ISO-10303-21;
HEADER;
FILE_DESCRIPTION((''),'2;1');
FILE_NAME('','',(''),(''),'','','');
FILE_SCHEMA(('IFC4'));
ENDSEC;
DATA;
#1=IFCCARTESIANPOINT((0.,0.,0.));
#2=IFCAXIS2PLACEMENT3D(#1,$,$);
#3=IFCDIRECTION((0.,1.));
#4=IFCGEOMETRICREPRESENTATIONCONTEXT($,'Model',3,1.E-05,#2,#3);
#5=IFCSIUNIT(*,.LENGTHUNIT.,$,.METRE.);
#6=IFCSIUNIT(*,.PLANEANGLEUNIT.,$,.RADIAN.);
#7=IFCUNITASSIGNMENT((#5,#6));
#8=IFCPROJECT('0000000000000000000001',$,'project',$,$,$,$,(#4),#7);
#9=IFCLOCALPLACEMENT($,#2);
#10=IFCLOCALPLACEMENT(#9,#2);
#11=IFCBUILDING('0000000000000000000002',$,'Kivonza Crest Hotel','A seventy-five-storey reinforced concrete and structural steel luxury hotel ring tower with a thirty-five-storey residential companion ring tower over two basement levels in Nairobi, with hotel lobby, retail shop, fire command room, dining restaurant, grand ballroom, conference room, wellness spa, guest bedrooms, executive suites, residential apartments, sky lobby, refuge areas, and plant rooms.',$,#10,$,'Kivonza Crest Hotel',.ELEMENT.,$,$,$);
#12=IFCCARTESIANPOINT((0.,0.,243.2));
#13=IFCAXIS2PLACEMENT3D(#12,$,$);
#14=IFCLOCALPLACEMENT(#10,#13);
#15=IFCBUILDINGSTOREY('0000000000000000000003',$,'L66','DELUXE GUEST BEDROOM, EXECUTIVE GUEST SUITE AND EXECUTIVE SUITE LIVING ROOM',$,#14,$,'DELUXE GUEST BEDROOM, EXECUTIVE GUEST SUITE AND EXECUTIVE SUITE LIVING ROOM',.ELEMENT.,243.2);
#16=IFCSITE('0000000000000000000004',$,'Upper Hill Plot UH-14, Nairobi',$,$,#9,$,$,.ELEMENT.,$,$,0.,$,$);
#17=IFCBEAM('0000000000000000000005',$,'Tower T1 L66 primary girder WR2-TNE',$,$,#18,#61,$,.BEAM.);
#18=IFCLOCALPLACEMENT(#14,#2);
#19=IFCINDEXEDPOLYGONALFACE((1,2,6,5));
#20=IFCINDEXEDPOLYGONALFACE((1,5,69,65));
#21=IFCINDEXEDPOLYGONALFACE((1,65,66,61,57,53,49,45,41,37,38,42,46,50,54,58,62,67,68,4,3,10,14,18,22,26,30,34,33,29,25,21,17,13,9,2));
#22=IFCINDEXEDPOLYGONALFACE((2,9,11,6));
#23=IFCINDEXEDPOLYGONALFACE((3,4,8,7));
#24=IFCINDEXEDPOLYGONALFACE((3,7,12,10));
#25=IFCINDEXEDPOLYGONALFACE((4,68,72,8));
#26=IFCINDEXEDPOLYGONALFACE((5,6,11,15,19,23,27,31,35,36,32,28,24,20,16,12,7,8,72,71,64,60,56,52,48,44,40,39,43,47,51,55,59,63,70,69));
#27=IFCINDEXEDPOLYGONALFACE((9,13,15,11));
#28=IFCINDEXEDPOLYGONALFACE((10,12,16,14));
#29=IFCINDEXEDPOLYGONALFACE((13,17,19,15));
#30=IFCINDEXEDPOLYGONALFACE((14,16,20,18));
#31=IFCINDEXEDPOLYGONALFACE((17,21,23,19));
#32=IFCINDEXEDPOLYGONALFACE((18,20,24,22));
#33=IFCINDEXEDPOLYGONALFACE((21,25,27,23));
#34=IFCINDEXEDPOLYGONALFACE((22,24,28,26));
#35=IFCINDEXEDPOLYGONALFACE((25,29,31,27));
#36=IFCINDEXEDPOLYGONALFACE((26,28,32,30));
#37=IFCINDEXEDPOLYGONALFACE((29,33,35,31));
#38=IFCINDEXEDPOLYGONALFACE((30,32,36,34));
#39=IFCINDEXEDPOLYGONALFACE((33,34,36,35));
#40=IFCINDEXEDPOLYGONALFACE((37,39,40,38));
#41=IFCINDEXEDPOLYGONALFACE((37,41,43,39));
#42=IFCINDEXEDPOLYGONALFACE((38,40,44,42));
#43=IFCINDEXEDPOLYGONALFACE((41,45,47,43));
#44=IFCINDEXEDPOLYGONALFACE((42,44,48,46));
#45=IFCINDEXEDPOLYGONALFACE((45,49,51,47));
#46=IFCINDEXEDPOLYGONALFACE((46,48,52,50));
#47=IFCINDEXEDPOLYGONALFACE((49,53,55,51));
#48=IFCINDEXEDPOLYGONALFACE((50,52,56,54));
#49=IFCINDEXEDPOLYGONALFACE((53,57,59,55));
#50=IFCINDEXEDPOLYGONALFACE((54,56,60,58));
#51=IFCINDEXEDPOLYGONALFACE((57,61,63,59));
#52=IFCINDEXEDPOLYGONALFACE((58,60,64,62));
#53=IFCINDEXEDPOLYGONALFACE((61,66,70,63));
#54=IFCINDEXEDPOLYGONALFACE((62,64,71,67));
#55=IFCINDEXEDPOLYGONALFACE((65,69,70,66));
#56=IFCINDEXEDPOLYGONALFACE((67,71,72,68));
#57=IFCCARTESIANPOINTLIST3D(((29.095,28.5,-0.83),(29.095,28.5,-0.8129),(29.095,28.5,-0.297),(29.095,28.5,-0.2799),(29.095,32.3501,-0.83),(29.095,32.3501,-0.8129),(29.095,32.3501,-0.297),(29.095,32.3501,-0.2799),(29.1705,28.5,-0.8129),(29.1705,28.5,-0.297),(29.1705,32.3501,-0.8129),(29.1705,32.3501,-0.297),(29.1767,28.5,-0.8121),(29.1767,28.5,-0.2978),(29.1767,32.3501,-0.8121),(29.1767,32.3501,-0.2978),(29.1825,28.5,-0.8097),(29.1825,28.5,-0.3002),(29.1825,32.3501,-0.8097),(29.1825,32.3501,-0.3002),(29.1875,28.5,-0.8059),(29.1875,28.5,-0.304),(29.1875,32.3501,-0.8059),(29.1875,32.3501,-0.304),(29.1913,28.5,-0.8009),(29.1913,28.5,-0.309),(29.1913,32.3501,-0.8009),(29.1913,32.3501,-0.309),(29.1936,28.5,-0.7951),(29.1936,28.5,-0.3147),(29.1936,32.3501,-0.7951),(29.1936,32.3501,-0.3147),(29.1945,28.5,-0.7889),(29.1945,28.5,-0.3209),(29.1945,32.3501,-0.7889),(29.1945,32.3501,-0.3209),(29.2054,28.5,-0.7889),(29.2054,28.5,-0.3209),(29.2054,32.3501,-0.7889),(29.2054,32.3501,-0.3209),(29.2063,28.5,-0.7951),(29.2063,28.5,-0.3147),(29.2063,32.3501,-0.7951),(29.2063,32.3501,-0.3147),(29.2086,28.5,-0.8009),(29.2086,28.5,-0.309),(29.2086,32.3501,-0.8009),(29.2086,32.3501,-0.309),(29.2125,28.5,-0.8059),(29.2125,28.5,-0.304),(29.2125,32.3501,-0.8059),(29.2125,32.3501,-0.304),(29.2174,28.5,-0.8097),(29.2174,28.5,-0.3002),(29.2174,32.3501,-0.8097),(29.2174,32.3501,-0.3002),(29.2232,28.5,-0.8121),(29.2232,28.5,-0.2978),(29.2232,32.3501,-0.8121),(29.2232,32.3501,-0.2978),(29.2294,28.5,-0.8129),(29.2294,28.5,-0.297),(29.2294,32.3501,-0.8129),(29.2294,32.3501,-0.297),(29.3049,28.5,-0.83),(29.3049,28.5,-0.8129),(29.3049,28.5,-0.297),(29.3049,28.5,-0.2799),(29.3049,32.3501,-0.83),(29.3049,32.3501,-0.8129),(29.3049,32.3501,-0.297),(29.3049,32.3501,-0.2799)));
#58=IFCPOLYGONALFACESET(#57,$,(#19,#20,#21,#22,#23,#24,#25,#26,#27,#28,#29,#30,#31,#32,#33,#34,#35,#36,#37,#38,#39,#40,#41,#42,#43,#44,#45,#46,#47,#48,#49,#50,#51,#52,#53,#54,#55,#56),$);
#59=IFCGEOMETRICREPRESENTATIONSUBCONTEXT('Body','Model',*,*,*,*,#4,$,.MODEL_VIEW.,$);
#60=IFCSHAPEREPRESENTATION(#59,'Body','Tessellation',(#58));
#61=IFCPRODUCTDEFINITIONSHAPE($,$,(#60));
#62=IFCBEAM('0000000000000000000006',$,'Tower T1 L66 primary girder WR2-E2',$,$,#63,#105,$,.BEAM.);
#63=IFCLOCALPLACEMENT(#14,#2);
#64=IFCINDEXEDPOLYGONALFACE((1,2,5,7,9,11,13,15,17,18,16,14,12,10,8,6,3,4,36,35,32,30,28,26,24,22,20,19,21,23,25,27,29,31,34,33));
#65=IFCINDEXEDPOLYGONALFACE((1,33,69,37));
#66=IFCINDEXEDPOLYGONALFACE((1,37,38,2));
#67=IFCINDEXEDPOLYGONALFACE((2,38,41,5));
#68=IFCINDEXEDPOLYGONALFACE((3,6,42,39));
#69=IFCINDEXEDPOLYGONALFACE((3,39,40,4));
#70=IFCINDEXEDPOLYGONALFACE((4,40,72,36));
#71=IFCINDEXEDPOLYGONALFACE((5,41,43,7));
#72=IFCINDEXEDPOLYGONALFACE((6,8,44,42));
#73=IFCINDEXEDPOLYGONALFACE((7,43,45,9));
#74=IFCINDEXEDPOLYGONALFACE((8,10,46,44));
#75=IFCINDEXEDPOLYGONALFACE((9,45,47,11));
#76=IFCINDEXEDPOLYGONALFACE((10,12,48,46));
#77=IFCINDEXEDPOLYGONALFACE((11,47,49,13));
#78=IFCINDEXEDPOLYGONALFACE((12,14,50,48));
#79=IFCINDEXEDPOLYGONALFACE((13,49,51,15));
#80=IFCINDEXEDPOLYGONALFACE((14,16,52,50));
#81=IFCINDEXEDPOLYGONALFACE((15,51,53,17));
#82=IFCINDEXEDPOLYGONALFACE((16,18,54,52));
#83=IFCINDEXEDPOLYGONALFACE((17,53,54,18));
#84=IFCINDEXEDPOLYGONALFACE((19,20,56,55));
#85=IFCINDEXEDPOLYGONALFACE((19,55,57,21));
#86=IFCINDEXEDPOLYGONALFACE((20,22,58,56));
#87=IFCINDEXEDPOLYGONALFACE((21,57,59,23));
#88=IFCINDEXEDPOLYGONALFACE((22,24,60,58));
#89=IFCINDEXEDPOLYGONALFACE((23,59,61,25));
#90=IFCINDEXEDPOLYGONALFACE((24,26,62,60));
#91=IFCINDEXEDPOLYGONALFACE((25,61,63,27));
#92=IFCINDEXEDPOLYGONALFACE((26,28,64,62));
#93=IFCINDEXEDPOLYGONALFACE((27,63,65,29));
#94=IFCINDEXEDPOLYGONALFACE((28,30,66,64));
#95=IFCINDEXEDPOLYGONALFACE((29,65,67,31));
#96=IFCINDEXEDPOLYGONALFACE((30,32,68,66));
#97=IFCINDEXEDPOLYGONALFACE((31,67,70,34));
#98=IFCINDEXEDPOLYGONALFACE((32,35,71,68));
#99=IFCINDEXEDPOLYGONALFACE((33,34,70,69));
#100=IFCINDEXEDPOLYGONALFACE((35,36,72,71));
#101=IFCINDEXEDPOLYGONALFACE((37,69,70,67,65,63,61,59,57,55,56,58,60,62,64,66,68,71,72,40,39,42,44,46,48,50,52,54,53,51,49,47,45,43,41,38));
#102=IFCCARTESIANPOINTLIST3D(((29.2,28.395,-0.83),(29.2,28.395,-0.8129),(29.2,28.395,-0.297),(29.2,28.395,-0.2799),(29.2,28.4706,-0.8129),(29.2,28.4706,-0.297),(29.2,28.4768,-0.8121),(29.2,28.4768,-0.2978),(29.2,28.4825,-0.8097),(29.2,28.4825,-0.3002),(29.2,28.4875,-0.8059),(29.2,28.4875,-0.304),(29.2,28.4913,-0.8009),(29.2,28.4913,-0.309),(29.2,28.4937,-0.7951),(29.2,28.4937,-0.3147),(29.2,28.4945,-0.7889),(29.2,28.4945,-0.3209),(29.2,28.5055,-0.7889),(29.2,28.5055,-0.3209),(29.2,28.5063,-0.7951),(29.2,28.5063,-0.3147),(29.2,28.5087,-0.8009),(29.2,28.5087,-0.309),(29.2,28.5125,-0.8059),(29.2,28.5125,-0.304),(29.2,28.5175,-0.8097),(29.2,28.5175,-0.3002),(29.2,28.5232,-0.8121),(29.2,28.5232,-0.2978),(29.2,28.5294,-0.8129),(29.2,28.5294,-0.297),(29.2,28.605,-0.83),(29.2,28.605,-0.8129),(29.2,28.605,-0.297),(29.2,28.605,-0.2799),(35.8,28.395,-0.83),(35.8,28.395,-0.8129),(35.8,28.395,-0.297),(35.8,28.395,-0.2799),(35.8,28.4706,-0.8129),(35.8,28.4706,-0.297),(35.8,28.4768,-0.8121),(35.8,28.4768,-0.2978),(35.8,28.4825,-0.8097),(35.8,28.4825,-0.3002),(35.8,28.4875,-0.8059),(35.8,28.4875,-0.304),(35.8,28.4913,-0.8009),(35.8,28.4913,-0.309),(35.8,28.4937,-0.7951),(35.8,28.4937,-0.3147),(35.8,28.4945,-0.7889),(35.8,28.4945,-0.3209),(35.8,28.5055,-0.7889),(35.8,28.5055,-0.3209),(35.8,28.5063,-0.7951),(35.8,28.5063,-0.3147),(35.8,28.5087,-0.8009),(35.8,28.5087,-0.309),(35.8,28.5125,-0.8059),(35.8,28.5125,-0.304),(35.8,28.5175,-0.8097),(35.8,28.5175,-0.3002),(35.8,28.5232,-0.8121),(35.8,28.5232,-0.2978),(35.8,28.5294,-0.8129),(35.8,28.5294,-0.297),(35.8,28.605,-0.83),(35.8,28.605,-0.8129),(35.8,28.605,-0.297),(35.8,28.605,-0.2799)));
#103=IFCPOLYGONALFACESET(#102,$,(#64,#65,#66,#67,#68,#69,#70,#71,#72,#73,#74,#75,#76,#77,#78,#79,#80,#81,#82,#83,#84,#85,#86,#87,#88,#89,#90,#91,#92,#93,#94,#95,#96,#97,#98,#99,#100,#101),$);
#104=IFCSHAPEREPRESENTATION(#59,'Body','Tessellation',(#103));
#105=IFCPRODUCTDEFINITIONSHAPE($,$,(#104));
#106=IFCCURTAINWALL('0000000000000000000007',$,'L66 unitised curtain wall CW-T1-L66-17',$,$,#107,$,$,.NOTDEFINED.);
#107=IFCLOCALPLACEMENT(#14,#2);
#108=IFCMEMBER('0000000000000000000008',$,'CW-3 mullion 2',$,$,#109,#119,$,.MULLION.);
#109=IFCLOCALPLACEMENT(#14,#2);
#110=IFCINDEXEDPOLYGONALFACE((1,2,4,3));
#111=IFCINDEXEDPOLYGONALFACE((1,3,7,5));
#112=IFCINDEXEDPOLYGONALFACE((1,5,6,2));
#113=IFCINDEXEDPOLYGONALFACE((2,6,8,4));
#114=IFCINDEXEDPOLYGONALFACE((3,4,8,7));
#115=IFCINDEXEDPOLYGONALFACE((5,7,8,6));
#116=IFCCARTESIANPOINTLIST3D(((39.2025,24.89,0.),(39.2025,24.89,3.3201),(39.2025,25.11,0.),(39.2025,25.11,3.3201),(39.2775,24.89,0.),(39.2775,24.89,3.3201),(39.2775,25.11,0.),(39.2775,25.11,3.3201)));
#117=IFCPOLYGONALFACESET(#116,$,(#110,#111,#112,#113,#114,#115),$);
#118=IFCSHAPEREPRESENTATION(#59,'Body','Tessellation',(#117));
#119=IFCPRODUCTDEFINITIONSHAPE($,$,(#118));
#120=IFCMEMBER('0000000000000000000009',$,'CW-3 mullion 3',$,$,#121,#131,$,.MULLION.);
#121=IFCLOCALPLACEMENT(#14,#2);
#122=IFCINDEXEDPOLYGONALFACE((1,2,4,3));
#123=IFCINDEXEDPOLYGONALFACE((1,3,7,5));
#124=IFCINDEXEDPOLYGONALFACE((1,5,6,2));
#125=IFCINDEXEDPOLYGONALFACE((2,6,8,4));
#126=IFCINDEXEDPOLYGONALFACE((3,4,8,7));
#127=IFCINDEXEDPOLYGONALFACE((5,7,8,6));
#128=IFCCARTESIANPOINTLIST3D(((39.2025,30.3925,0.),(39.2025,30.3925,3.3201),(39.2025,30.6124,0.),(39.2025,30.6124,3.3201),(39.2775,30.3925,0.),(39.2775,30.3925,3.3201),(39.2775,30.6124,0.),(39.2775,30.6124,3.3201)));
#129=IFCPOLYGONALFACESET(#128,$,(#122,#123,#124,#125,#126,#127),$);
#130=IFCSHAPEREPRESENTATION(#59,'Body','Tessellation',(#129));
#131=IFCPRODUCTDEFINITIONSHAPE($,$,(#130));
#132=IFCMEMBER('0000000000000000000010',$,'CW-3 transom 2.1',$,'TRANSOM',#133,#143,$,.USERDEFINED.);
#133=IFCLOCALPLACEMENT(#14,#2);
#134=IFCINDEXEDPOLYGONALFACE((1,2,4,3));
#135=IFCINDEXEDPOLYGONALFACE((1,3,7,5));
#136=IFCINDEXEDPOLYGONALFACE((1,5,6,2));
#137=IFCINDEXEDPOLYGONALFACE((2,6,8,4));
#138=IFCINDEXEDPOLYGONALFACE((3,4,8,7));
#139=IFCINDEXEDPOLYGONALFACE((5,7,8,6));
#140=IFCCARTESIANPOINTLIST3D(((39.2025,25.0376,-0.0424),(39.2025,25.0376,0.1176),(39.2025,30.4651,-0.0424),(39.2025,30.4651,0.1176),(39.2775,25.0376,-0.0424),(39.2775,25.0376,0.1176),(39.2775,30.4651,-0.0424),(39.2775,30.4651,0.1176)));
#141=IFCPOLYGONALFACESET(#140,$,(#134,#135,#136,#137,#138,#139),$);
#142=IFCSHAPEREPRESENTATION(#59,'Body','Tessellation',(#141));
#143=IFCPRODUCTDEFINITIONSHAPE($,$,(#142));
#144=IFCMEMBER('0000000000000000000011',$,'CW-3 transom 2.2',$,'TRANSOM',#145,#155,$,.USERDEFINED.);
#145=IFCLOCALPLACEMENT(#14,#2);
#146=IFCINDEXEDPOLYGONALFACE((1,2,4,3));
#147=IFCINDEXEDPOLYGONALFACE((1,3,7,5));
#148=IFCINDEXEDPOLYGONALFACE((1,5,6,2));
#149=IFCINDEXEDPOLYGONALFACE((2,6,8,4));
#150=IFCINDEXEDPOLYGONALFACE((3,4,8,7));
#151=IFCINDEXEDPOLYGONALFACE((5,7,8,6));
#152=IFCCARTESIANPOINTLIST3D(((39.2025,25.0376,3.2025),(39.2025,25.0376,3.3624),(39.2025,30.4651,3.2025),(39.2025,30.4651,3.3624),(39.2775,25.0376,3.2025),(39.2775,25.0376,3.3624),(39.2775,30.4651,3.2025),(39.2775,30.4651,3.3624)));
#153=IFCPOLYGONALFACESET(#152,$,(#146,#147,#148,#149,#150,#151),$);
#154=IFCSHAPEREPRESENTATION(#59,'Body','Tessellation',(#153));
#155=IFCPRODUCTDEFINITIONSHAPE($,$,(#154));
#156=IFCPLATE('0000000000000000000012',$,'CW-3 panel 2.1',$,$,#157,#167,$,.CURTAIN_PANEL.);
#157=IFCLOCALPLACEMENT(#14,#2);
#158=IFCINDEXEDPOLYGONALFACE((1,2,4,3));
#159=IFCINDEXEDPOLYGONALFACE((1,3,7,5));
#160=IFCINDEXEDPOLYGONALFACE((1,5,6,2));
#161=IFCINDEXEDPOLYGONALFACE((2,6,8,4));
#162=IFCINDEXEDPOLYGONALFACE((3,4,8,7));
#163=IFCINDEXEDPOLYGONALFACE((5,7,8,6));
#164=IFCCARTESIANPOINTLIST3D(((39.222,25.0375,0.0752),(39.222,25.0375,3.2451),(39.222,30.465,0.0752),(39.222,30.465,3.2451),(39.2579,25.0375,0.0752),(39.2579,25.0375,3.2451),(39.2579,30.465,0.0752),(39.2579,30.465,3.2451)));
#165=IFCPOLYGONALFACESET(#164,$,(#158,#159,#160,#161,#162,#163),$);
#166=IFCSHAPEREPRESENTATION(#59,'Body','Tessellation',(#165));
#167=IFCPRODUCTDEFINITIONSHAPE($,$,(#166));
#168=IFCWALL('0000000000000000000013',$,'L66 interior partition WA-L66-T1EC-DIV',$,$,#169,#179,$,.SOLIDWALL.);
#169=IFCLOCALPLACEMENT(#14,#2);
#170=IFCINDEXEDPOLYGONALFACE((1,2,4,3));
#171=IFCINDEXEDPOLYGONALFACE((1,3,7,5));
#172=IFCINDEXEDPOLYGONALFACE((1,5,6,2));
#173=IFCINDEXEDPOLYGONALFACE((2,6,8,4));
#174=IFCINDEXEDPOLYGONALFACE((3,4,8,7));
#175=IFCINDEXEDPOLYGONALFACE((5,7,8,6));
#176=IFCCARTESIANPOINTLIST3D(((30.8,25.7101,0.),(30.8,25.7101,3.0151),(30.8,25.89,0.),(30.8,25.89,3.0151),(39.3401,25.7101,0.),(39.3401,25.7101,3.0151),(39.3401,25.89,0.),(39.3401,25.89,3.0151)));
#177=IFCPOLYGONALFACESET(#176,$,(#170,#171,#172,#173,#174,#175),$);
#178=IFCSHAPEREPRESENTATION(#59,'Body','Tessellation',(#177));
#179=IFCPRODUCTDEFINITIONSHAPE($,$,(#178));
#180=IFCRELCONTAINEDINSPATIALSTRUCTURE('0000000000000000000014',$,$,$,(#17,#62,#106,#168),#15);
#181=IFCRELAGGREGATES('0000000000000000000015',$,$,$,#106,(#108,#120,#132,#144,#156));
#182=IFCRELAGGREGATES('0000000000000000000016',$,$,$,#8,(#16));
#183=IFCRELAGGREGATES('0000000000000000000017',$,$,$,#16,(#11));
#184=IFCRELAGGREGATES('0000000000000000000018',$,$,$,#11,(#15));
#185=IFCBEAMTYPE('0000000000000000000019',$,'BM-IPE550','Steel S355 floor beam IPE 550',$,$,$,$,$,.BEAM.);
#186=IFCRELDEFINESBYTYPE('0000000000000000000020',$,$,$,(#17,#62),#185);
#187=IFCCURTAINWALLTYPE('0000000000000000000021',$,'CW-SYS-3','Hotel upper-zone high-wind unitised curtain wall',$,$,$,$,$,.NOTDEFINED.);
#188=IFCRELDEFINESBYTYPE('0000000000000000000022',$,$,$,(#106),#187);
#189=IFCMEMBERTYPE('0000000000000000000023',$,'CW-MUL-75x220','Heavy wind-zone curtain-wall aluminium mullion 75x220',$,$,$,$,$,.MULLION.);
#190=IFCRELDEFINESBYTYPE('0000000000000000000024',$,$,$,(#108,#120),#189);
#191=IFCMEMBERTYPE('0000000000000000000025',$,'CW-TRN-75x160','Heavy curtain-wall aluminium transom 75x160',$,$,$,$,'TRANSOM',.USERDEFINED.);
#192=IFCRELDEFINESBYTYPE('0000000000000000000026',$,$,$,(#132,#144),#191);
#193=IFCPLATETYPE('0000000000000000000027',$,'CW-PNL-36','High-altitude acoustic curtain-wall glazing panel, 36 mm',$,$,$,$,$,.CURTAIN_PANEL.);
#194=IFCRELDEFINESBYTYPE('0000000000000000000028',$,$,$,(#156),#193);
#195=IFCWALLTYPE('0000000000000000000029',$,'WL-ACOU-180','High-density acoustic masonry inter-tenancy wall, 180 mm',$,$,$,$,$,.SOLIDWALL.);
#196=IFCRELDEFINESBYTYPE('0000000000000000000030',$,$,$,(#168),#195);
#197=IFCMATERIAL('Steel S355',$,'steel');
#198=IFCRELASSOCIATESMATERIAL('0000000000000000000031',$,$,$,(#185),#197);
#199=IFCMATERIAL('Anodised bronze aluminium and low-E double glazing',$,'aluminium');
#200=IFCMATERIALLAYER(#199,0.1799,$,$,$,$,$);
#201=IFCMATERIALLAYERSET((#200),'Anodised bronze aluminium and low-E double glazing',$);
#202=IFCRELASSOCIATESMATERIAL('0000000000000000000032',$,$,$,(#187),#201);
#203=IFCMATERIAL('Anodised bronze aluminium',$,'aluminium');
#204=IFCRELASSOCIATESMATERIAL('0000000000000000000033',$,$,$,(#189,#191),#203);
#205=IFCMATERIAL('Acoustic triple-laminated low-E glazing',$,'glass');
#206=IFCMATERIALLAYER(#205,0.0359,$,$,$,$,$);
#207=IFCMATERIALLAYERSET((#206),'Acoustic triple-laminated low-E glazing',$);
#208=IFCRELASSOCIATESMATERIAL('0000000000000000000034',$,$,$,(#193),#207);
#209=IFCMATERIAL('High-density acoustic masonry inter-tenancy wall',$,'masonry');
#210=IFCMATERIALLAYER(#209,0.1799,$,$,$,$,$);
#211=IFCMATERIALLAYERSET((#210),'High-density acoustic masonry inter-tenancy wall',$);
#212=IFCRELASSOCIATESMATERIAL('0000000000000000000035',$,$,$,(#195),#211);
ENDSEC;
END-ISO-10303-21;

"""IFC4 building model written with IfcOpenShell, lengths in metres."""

from ifc_helpers import new_model, si_unit, direction, frame, frame_2d, origin, origin_2d, place, context, subcontext, project, spatial, rectangle, i_section, extrude, material, layer, layer_set, material_profile, profile_set, type_object, element, aggregate, save


model = new_model("IFC4")

# Units and contexts
model_context = context("Model", 3, precision=1e-05, world=origin(), true_north=direction((0.0, 1.0)))
body_context = subcontext(model_context, "Body", "Model", "MODEL_VIEW")
ifc_project = project(units=[si_unit("LENGTHUNIT", "METRE"), si_unit("PLANEANGLEUNIT", "RADIAN")], contexts=[model_context])

# Site, building, storey
site_placement = place(None, origin())
site = spatial("IfcSite", under=ifc_project, at=site_placement, Name="Upper Hill Plot UH-14, Nairobi", CompositionType="ELEMENT", RefElevation=0.0)
building_placement = place(site_placement, origin())
building = spatial("IfcBuilding", under=site, at=building_placement, Name="Kivonza Crest Hotel", Description="A seventy-five-storey reinforced concrete and structural steel luxury hotel ring tower with a thirty-five-storey residential companion ring tower over two basement levels in Nairobi, with hotel lobby, retail shop, fire command room, dining restaurant, grand ballroom, conference room, wellness spa, guest bedrooms, executive suites, residential apartments, sky lobby, refuge areas, and plant rooms.", LongName="Kivonza Crest Hotel", CompositionType="ELEMENT")
storey_placement = place(building_placement, frame((0.0, 0.0, 243.2)))
storey = spatial("IfcBuildingStorey", under=building, at=storey_placement, Name="L66", Description="DELUXE GUEST BEDROOM, EXECUTIVE GUEST SUITE AND EXECUTIVE SUITE LIVING ROOM", LongName="DELUXE GUEST BEDROOM, EXECUTIVE GUEST SUITE AND EXECUTIVE SUITE LIVING ROOM", CompositionType="ELEMENT", Elevation=243.2)

# Beams
ifc_material_1 = material(Name="Steel S355", Category="steel")
ifc_material_profile_1 = material_profile(ifc_material_1, i_section(OverallWidth=0.21, OverallDepth=0.55, WebThickness=0.011, FlangeThickness=0.0171, FilletRadius=0.0239, at=origin_2d()), Name="IPE 550")
ifc_profile_set_1 = profile_set([ifc_material_profile_1], Name="Steel S355")
beam_type_1 = type_object("IfcBeamType", Name="BM-IPE550", Description="Steel S355 floor beam IPE 550", PredefinedType="BEAM", material=ifc_profile_set_1)
beam_1_placement = place(storey_placement, frame((29.2, 28.5, -0.5549), z_axis=(0.0, 1.0, 0.0), x_axis=(-1.0, 0.0, 0.0)))
element("IfcBeam", 1, at=beam_1_placement, inside=storey, type_object=beam_type_1, Name="Tower T1 L66 primary girder WR2-TNE", PredefinedType="BEAM", context=body_context, shape_type="SweptSolid", body=[
    extrude(i_section(OverallWidth=0.21, OverallDepth=0.55, WebThickness=0.011, FlangeThickness=0.0171, FilletRadius=0.0239, at=origin_2d()), origin(), (0.0, 0.0, 1.0), 3.8501),
])
beam_2_placement = place(storey_placement, frame((29.2, 28.5, -0.5549), z_axis=(1.0, 0.0, 0.0), x_axis=(0.0, 1.0, 0.0)))
element("IfcBeam", 2, at=beam_2_placement, inside=storey, type_object=beam_type_1, Name="Tower T1 L66 primary girder WR2-E2", PredefinedType="BEAM", context=body_context, shape_type="SweptSolid", body=[
    extrude(i_section(OverallWidth=0.21, OverallDepth=0.55, WebThickness=0.011, FlangeThickness=0.0171, FilletRadius=0.0239, at=origin_2d()), origin(), (0.0, 0.0, 1.0), 6.6001),
])

# Curtain wall, members, plate
ifc_material_2 = material(Name="Anodised bronze aluminium and low-E double glazing", Category="aluminium")
ifc_layer_1 = layer(ifc_material_2, 0.1799)
ifc_layer_set_1 = layer_set([ifc_layer_1], Name="Anodised bronze aluminium and low-E double glazing")
curtain_wall_type = type_object("IfcCurtainWallType", Name="CW-SYS-3", Description="Hotel upper-zone high-wind unitised curtain wall", PredefinedType="NOTDEFINED", material=ifc_layer_set_1)
curtain_wall_placement = place(storey_placement, origin())
curtain_wall = element("IfcCurtainWall", 3, at=curtain_wall_placement, inside=storey, type_object=curtain_wall_type, Name="L66 unitised curtain wall CW-T1-L66-17", PredefinedType="NOTDEFINED")
ifc_material_3 = material(Name="Anodised bronze aluminium", Category="aluminium")
ifc_material_profile_2 = material_profile(ifc_material_3, rectangle(XDim=0.075, YDim=0.22, at=origin_2d()), Name="CW-M 75x220")
ifc_profile_set_2 = profile_set([ifc_material_profile_2], Name="Anodised bronze aluminium")
member_type_1 = type_object("IfcMemberType", Name="CW-MUL-75x220", Description="Heavy wind-zone curtain-wall aluminium mullion 75x220", PredefinedType="MULLION", material=ifc_profile_set_2)
member_1_placement = place(storey_placement, frame((39.24, 25.0, 0.0), z_axis=(0.0, 0.0, 1.0), x_axis=(-1.0, 0.0, 0.0)))
member_1 = element("IfcMember", 4, at=member_1_placement, type_object=member_type_1, Name="CW-3 mullion 2", PredefinedType="MULLION", context=body_context, shape_type="SweptSolid", body=[
    extrude(rectangle(XDim=0.075, YDim=0.22, at=origin_2d()), origin(), (0.0, 0.0, 1.0), 3.3201),
])
member_2_placement = place(storey_placement, frame((39.24, 30.5024, 0.0), z_axis=(0.0, 0.0, 1.0), x_axis=(-1.0, 0.0, 0.0)))
member_2 = element("IfcMember", 5, at=member_2_placement, type_object=member_type_1, Name="CW-3 mullion 3", PredefinedType="MULLION", context=body_context, shape_type="SweptSolid", body=[
    extrude(rectangle(XDim=0.075, YDim=0.22, at=origin_2d()), origin(), (0.0, 0.0, 1.0), 3.3201),
])
ifc_material_profile_3 = material_profile(ifc_material_3, rectangle(XDim=0.075, YDim=0.1599, at=origin_2d()), Name="CW-T 75x160")
ifc_profile_set_3 = profile_set([ifc_material_profile_3], Name="Anodised bronze aluminium")
member_type_2 = type_object("IfcMemberType", Name="CW-TRN-75x160", Description="Heavy curtain-wall aluminium transom 75x160", ElementType="TRANSOM", PredefinedType="USERDEFINED", material=ifc_profile_set_3)
member_3_placement = place(storey_placement, frame((39.24, 25.0376, 0.0376), z_axis=(0.0, 1.0, 0.0), x_axis=(-1.0, 0.0, 0.0)))
member_3 = element("IfcMember", 6, at=member_3_placement, type_object=member_type_2, Name="CW-3 transom 2.1", ObjectType="TRANSOM", PredefinedType="USERDEFINED", context=body_context, shape_type="SweptSolid", body=[
    extrude(rectangle(XDim=0.075, YDim=0.1599, at=origin_2d()), origin(), (0.0, 0.0, 1.0), 5.4275),
])
member_4_placement = place(storey_placement, frame((39.24, 25.0376, 3.2825), z_axis=(0.0, 1.0, 0.0), x_axis=(-1.0, 0.0, 0.0)))
member_4 = element("IfcMember", 7, at=member_4_placement, type_object=member_type_2, Name="CW-3 transom 2.2", ObjectType="TRANSOM", PredefinedType="USERDEFINED", context=body_context, shape_type="SweptSolid", body=[
    extrude(rectangle(XDim=0.075, YDim=0.1599, at=origin_2d()), origin(), (0.0, 0.0, 1.0), 5.4275),
])
ifc_material_4 = material(Name="Acoustic triple-laminated low-E glazing", Category="glass")
ifc_layer_2 = layer(ifc_material_4, 0.0359)
ifc_layer_set_2 = layer_set([ifc_layer_2], Name="Acoustic triple-laminated low-E glazing")
plate_type = type_object("IfcPlateType", Name="CW-PNL-36", Description="High-altitude acoustic curtain-wall glazing panel, 36 mm", PredefinedType="CURTAIN_PANEL", material=ifc_layer_set_2)
plate_placement = place(storey_placement, frame((39.24, 27.7512, 0.0752), z_axis=(0.0, 0.0, 1.0), x_axis=(0.0, 1.0, 0.0)))
plate = element("IfcPlate", 8, at=plate_placement, type_object=plate_type, Name="CW-3 panel 2.1", PredefinedType="CURTAIN_PANEL", context=body_context, shape_type="SweptSolid", body=[
    extrude(rectangle(XDim=5.4275, YDim=0.0359, at=origin_2d()), origin(), (0.0, 0.0, 1.0), 3.1699),
])
aggregate(curtain_wall, [member_1, member_2, member_3, member_4, plate])

# Wall
ifc_material_5 = material(Name="High-density acoustic masonry inter-tenancy wall", Category="masonry")
ifc_layer_3 = layer(ifc_material_5, 0.1799)
ifc_layer_set_3 = layer_set([ifc_layer_3], Name="High-density acoustic masonry inter-tenancy wall")
wall_type_1 = type_object("IfcWallType", Name="WL-ACOU-180", Description="High-density acoustic masonry inter-tenancy wall, 180 mm", PredefinedType="SOLIDWALL", material=ifc_layer_set_3)
wall_1_placement = place(storey_placement, frame((30.8, 25.8, 0.0), z_axis=(0.0, 0.0, 1.0), x_axis=(1.0, 0.0, 0.0)))
element("IfcWall", 9, at=wall_1_placement, inside=storey, type_object=wall_type_1, Name="L66 interior partition WA-L66-T1EC-DIV", PredefinedType="SOLIDWALL", context=body_context, shape_type="SweptSolid", body=[
    extrude(rectangle(XDim=8.54, YDim=0.1799, at=frame_2d((4.27, 0.0))), origin(), (0.0, 0.0, 1.0), 3.0151),
])

save(model, "model.ifc")
